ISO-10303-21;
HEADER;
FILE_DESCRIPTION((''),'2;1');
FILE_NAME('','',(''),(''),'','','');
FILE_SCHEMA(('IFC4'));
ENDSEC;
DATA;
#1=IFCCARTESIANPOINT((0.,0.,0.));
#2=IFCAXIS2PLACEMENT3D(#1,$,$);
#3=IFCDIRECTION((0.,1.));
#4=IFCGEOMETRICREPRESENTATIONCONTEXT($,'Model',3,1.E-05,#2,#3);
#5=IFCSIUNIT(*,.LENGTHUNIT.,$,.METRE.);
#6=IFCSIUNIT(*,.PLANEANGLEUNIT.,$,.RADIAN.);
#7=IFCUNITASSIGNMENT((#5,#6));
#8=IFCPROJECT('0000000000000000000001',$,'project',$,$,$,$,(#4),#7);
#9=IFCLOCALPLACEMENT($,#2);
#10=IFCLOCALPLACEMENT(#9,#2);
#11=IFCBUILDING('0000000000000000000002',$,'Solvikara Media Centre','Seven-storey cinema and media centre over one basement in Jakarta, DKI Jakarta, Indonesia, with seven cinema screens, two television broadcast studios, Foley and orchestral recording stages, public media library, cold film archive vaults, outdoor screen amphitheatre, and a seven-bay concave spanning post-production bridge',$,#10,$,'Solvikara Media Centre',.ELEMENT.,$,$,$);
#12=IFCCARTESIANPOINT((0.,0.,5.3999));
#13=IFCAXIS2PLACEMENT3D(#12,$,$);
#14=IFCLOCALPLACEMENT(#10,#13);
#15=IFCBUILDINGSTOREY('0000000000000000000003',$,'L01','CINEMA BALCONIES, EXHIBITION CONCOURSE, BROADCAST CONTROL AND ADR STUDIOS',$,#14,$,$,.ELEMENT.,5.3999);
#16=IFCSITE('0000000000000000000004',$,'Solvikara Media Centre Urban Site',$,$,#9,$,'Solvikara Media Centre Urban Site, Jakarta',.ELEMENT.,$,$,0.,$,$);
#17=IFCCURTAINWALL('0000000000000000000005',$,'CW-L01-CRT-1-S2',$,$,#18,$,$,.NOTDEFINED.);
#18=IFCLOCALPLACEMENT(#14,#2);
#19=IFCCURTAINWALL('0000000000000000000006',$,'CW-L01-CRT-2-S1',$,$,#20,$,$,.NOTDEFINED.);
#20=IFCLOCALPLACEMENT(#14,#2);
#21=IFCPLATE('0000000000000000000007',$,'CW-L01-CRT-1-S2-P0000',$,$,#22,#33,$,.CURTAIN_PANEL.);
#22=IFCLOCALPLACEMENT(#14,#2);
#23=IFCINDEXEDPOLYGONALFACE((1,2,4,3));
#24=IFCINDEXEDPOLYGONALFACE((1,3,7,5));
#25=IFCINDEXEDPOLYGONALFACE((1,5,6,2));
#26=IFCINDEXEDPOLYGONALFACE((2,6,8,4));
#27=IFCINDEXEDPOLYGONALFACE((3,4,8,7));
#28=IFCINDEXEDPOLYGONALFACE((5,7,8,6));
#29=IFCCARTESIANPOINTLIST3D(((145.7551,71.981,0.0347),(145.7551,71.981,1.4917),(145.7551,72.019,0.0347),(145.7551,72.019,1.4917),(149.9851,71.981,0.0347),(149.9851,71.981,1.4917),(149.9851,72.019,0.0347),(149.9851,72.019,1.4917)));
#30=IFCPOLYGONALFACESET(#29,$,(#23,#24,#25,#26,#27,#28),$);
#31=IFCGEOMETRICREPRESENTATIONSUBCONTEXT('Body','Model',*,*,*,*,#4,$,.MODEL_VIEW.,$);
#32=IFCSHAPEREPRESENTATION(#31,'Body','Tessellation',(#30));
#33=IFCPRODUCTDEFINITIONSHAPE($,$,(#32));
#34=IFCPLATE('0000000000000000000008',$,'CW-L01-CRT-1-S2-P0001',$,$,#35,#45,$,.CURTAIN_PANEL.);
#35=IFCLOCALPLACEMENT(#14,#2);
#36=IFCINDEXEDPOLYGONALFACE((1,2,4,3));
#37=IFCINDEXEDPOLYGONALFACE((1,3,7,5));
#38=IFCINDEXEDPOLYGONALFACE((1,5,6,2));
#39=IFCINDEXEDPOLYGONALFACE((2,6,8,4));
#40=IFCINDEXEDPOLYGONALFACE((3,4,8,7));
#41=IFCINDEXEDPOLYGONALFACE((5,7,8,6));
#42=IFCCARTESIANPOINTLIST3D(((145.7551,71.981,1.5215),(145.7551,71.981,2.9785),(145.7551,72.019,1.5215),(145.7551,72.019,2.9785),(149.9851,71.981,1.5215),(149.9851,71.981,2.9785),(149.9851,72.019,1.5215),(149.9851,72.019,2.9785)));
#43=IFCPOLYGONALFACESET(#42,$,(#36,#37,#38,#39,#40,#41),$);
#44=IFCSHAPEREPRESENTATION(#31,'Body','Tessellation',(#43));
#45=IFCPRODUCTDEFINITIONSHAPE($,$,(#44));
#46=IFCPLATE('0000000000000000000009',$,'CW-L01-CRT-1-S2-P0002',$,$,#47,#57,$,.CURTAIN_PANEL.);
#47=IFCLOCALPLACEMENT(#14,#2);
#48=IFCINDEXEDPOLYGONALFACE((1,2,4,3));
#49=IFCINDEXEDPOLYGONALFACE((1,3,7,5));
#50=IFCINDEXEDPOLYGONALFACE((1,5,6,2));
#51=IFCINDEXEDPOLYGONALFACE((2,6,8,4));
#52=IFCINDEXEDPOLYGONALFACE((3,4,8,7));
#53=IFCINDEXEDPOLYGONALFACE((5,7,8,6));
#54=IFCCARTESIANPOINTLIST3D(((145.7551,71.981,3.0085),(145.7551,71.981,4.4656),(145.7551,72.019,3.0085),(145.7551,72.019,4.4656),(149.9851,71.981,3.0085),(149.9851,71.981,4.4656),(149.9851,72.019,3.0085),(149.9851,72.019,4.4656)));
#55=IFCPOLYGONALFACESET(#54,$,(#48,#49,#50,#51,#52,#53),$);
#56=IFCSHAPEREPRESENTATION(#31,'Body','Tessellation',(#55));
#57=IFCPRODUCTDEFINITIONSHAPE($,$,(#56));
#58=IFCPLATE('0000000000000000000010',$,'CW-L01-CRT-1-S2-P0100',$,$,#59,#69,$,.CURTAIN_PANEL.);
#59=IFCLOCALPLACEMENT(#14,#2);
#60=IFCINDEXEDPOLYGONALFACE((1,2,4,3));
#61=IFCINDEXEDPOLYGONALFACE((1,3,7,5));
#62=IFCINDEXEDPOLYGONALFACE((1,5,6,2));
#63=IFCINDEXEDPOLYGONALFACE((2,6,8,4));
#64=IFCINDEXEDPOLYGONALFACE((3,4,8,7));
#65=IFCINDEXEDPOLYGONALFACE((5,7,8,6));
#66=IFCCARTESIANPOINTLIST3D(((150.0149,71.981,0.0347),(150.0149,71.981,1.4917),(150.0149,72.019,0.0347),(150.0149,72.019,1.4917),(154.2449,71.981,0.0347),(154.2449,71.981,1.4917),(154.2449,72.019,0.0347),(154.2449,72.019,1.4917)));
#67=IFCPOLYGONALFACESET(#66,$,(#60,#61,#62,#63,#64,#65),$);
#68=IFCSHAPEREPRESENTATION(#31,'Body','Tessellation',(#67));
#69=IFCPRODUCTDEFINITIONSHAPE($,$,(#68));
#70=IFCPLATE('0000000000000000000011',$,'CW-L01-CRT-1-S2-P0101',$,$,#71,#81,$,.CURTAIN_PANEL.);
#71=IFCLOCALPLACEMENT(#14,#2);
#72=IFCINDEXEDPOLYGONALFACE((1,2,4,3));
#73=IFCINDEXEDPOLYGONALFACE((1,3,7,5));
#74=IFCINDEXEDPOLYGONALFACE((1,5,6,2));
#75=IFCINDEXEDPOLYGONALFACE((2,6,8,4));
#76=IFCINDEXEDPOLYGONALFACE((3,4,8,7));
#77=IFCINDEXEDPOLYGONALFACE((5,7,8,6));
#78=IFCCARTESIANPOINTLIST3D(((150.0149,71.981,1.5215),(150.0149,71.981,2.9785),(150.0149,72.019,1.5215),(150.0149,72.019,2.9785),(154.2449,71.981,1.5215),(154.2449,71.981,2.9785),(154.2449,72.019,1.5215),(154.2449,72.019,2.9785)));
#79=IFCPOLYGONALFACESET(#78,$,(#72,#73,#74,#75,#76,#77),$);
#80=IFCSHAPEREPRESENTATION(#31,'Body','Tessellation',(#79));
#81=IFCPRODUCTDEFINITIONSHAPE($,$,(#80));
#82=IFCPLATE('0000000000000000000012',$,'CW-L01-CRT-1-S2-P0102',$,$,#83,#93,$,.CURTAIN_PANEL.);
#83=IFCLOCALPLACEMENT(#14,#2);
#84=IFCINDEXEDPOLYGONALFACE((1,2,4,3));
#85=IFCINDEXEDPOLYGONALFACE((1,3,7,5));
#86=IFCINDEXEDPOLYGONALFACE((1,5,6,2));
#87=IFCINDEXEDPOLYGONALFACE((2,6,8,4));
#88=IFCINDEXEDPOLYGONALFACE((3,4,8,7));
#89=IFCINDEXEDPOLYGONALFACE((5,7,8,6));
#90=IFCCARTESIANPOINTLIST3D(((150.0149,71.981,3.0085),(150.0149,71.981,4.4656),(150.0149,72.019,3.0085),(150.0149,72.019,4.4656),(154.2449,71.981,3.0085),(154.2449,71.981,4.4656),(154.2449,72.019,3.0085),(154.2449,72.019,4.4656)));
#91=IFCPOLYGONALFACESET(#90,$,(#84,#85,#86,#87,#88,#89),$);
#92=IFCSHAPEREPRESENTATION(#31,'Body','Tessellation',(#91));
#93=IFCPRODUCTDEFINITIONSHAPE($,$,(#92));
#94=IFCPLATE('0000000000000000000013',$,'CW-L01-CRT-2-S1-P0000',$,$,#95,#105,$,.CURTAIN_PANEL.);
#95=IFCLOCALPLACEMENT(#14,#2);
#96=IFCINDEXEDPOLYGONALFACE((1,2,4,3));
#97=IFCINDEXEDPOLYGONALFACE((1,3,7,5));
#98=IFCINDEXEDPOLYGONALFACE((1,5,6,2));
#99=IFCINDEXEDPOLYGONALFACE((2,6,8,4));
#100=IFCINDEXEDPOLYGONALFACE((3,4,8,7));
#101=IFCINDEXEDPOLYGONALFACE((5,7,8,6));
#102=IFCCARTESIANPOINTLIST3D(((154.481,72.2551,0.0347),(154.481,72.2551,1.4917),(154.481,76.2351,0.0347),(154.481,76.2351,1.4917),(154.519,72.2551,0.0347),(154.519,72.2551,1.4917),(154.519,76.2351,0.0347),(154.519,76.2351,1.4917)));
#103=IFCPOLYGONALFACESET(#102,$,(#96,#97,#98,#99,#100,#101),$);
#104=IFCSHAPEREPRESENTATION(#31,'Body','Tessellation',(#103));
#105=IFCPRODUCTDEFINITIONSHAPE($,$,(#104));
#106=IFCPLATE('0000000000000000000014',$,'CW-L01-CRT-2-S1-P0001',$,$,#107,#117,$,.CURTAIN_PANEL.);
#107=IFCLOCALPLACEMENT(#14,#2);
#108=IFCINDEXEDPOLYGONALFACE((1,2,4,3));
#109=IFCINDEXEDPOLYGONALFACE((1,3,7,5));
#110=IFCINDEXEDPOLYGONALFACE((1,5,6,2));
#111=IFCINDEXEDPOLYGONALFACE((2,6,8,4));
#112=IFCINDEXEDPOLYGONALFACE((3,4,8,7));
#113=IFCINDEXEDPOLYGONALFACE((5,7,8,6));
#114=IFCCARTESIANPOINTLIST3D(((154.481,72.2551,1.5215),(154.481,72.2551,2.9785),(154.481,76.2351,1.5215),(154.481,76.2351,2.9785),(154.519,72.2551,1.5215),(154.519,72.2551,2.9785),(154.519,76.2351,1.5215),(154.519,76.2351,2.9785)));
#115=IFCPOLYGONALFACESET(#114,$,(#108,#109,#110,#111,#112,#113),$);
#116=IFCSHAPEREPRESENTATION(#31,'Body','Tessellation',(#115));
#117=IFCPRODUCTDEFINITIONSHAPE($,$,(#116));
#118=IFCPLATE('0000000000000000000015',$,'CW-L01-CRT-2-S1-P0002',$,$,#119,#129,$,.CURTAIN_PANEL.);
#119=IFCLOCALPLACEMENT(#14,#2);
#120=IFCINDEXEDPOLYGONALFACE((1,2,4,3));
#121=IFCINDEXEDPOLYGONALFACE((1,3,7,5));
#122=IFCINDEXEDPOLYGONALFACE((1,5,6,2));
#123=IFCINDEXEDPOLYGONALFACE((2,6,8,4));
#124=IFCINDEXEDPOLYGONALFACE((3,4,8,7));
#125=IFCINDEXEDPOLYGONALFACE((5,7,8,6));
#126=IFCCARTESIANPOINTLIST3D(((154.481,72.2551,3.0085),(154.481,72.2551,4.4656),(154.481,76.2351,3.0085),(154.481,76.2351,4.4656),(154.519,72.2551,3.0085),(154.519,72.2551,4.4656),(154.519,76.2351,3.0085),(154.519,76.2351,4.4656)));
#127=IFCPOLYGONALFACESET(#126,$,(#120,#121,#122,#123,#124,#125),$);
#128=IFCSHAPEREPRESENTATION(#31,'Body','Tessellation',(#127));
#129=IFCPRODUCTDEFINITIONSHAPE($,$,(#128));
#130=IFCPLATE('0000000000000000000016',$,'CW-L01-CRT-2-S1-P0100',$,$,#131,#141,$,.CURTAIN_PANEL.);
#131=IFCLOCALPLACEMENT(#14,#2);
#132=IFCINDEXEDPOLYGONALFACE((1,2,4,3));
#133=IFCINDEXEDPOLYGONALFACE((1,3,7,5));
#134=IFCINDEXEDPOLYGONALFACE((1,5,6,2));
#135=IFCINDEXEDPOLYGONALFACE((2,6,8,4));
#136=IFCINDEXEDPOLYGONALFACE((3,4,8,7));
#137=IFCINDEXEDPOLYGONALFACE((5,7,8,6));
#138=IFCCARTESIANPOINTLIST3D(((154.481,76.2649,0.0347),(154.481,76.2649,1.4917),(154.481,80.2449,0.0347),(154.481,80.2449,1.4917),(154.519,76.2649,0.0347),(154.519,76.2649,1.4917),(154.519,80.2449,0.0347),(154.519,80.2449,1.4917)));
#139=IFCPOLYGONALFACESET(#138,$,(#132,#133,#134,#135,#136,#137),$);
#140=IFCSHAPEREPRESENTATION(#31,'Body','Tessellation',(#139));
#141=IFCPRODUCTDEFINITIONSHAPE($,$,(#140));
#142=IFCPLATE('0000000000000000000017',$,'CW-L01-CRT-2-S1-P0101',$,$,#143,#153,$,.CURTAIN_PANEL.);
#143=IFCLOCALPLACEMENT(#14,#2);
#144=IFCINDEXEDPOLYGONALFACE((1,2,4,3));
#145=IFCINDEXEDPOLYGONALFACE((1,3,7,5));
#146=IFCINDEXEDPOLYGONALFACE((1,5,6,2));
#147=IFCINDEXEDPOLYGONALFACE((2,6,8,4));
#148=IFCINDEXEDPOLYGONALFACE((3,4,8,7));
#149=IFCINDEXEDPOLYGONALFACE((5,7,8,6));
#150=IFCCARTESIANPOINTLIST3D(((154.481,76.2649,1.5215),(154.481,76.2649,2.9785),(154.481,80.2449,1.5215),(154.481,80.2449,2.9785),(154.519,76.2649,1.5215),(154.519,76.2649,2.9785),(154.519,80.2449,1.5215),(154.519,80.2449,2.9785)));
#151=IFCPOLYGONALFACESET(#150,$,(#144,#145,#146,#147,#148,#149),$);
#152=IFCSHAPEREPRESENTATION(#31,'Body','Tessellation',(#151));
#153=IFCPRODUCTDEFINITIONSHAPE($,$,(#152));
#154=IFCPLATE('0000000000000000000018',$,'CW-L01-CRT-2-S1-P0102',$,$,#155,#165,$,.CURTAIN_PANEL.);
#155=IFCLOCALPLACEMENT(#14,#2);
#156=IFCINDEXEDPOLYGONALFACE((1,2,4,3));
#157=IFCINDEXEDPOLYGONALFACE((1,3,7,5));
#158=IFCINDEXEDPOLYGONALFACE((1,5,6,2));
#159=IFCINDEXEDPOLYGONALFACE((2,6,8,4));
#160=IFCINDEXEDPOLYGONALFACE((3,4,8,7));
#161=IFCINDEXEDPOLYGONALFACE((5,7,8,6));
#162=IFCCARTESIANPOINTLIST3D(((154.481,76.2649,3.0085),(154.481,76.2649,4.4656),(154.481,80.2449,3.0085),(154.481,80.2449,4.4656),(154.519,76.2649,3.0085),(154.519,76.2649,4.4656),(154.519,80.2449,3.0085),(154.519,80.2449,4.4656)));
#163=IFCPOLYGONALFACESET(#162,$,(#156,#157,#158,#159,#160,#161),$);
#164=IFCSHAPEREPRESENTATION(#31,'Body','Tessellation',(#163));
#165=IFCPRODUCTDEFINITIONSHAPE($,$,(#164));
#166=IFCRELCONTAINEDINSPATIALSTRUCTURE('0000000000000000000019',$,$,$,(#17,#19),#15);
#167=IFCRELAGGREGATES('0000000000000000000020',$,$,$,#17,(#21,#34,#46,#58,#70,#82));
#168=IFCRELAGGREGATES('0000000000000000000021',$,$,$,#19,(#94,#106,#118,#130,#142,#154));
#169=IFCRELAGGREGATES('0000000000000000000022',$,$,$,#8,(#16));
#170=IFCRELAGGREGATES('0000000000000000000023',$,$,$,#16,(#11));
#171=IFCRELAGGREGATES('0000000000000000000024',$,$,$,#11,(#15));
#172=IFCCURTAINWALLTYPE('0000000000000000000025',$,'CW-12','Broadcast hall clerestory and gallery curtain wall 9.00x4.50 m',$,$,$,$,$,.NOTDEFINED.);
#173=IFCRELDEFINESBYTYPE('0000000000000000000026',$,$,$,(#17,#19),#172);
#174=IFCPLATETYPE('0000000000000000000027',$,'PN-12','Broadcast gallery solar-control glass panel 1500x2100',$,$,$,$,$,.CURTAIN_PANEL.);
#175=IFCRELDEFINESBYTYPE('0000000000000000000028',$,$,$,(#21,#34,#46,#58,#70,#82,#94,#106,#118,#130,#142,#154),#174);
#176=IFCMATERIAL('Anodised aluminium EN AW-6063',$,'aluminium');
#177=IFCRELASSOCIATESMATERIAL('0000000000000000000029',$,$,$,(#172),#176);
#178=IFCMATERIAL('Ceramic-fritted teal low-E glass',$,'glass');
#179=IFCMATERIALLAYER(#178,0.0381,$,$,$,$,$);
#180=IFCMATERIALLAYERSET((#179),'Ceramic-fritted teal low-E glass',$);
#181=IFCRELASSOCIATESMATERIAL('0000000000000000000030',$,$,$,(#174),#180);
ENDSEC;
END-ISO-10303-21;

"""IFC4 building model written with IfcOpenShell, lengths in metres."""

from ifc_helpers import new_model, si_unit, direction, frame, origin, origin_2d, place, context, subcontext, project, spatial, rectangle, extrude, material, layer, layer_set, type_object, element, aggregate, save


model = new_model("IFC4")

# Units and contexts
model_context = context("Model", 3, precision=1e-05, world=origin(), true_north=direction((0.0, 1.0)))
body_context = subcontext(model_context, "Body", "Model", "MODEL_VIEW")
ifc_project = project(units=[si_unit("LENGTHUNIT", "METRE"), si_unit("PLANEANGLEUNIT", "RADIAN")], contexts=[model_context])

# Site, building, storey
site_placement = place(None, origin())
site = spatial("IfcSite", under=ifc_project, at=site_placement, Name="Solvikara Media Centre Urban Site", LongName="Solvikara Media Centre Urban Site, Jakarta", CompositionType="ELEMENT", RefElevation=0.0)
building_placement = place(site_placement, origin())
building = spatial("IfcBuilding", under=site, at=building_placement, Name="Solvikara Media Centre", Description="Seven-storey cinema and media centre over one basement in Jakarta, DKI Jakarta, Indonesia, with seven cinema screens, two television broadcast studios, Foley and orchestral recording stages, public media library, cold film archive vaults, outdoor screen amphitheatre, and a seven-bay concave spanning post-production bridge", LongName="Solvikara Media Centre", CompositionType="ELEMENT")
storey_placement = place(building_placement, frame((0.0, 0.0, 5.3999)))
storey = spatial("IfcBuildingStorey", under=building, at=storey_placement, Name="L01", Description="CINEMA BALCONIES, EXHIBITION CONCOURSE, BROADCAST CONTROL AND ADR STUDIOS", CompositionType="ELEMENT", Elevation=5.3999)

# Curtain walls
ifc_material_1 = material(Name="Anodised aluminium EN AW-6063", Category="aluminium")
curtain_wall_type = type_object("IfcCurtainWallType", Name="CW-12", Description="Broadcast hall clerestory and gallery curtain wall 9.00x4.50 m", PredefinedType="NOTDEFINED", material=ifc_material_1)
curtain_wall_1_placement = place(storey_placement, origin())
curtain_wall_1 = element("IfcCurtainWall", 1, at=curtain_wall_1_placement, inside=storey, type_object=curtain_wall_type, Name="CW-L01-CRT-1-S2", PredefinedType="NOTDEFINED")
curtain_wall_2_placement = place(storey_placement, origin())
curtain_wall_2 = element("IfcCurtainWall", 2, at=curtain_wall_2_placement, inside=storey, type_object=curtain_wall_type, Name="CW-L01-CRT-2-S1", PredefinedType="NOTDEFINED")

# Plates
ifc_material_2 = material(Name="Ceramic-fritted teal low-E glass", Category="glass")
ifc_layer = layer(ifc_material_2, 0.0381)
ifc_layer_set = layer_set([ifc_layer], Name="Ceramic-fritted teal low-E glass")
plate_type = type_object("IfcPlateType", Name="PN-12", Description="Broadcast gallery solar-control glass panel 1500x2100", PredefinedType="CURTAIN_PANEL", material=ifc_layer_set)
plate_1_placement = place(storey_placement, frame((147.8701, 72.0, 0.0347), z_axis=(0.0, 0.0, 1.0), x_axis=(1.0, 0.0, 0.0)))
plate_1 = element("IfcPlate", 3, at=plate_1_placement, type_object=plate_type, Name="CW-L01-CRT-1-S2-P0000", PredefinedType="CURTAIN_PANEL", context=body_context, shape_type="SweptSolid", body=[
    extrude(rectangle(XDim=4.23, YDim=0.0381, at=origin_2d()), origin(), (0.0, 0.0, 1.0), 1.457),
])
plate_2_placement = place(storey_placement, frame((147.8701, 72.0, 1.5215), z_axis=(0.0, 0.0, 1.0), x_axis=(1.0, 0.0, 0.0)))
plate_2 = element("IfcPlate", 4, at=plate_2_placement, type_object=plate_type, Name="CW-L01-CRT-1-S2-P0001", PredefinedType="CURTAIN_PANEL", context=body_context, shape_type="SweptSolid", body=[
    extrude(rectangle(XDim=4.23, YDim=0.0381, at=origin_2d()), origin(), (0.0, 0.0, 1.0), 1.457),
])
plate_3_placement = place(storey_placement, frame((147.8701, 72.0, 3.0085), z_axis=(0.0, 0.0, 1.0), x_axis=(1.0, 0.0, 0.0)))
plate_3 = element("IfcPlate", 5, at=plate_3_placement, type_object=plate_type, Name="CW-L01-CRT-1-S2-P0002", PredefinedType="CURTAIN_PANEL", context=body_context, shape_type="SweptSolid", body=[
    extrude(rectangle(XDim=4.23, YDim=0.0381, at=origin_2d()), origin(), (0.0, 0.0, 1.0), 1.457),
])
plate_4_placement = place(storey_placement, frame((152.1299, 72.0, 0.0347), z_axis=(0.0, 0.0, 1.0), x_axis=(1.0, 0.0, 0.0)))
plate_4 = element("IfcPlate", 6, at=plate_4_placement, type_object=plate_type, Name="CW-L01-CRT-1-S2-P0100", PredefinedType="CURTAIN_PANEL", context=body_context, shape_type="SweptSolid", body=[
    extrude(rectangle(XDim=4.23, YDim=0.0381, at=origin_2d()), origin(), (0.0, 0.0, 1.0), 1.457),
])
plate_5_placement = place(storey_placement, frame((152.1299, 72.0, 1.5215), z_axis=(0.0, 0.0, 1.0), x_axis=(1.0, 0.0, 0.0)))
plate_5 = element("IfcPlate", 7, at=plate_5_placement, type_object=plate_type, Name="CW-L01-CRT-1-S2-P0101", PredefinedType="CURTAIN_PANEL", context=body_context, shape_type="SweptSolid", body=[
    extrude(rectangle(XDim=4.23, YDim=0.0381, at=origin_2d()), origin(), (0.0, 0.0, 1.0), 1.457),
])
plate_6_placement = place(storey_placement, frame((152.1299, 72.0, 3.0085), z_axis=(0.0, 0.0, 1.0), x_axis=(1.0, 0.0, 0.0)))
plate_6 = element("IfcPlate", 8, at=plate_6_placement, type_object=plate_type, Name="CW-L01-CRT-1-S2-P0102", PredefinedType="CURTAIN_PANEL", context=body_context, shape_type="SweptSolid", body=[
    extrude(rectangle(XDim=4.23, YDim=0.0381, at=origin_2d()), origin(), (0.0, 0.0, 1.0), 1.457),
])
aggregate(curtain_wall_1, [plate_1, plate_2, plate_3, plate_4, plate_5, plate_6])
plate_7_placement = place(storey_placement, frame((154.5, 74.2451, 0.0347), z_axis=(0.0, 0.0, 1.0), x_axis=(0.0, 1.0, 0.0)))
plate_7 = element("IfcPlate", 9, at=plate_7_placement, type_object=plate_type, Name="CW-L01-CRT-2-S1-P0000", PredefinedType="CURTAIN_PANEL", context=body_context, shape_type="SweptSolid", body=[
    extrude(rectangle(XDim=3.98, YDim=0.0381, at=origin_2d()), origin(), (0.0, 0.0, 1.0), 1.457),
])
plate_8_placement = place(storey_placement, frame((154.5, 74.2451, 1.5215), z_axis=(0.0, 0.0, 1.0), x_axis=(0.0, 1.0, 0.0)))
plate_8 = element("IfcPlate", 10, at=plate_8_placement, type_object=plate_type, Name="CW-L01-CRT-2-S1-P0001", PredefinedType="CURTAIN_PANEL", context=body_context, shape_type="SweptSolid", body=[
    extrude(rectangle(XDim=3.98, YDim=0.0381, at=origin_2d()), origin(), (0.0, 0.0, 1.0), 1.457),
])
plate_9_placement = place(storey_placement, frame((154.5, 74.2451, 3.0085), z_axis=(0.0, 0.0, 1.0), x_axis=(0.0, 1.0, 0.0)))
plate_9 = element("IfcPlate", 11, at=plate_9_placement, type_object=plate_type, Name="CW-L01-CRT-2-S1-P0002", PredefinedType="CURTAIN_PANEL", context=body_context, shape_type="SweptSolid", body=[
    extrude(rectangle(XDim=3.98, YDim=0.0381, at=origin_2d()), origin(), (0.0, 0.0, 1.0), 1.457),
])
plate_10_placement = place(storey_placement, frame((154.5, 78.2549, 0.0347), z_axis=(0.0, 0.0, 1.0), x_axis=(0.0, 1.0, 0.0)))
plate_10 = element("IfcPlate", 12, at=plate_10_placement, type_object=plate_type, Name="CW-L01-CRT-2-S1-P0100", PredefinedType="CURTAIN_PANEL", context=body_context, shape_type="SweptSolid", body=[
    extrude(rectangle(XDim=3.98, YDim=0.0381, at=origin_2d()), origin(), (0.0, 0.0, 1.0), 1.457),
])
plate_11_placement = place(storey_placement, frame((154.5, 78.2549, 1.5215), z_axis=(0.0, 0.0, 1.0), x_axis=(0.0, 1.0, 0.0)))
plate_11 = element("IfcPlate", 13, at=plate_11_placement, type_object=plate_type, Name="CW-L01-CRT-2-S1-P0101", PredefinedType="CURTAIN_PANEL", context=body_context, shape_type="SweptSolid", body=[
    extrude(rectangle(XDim=3.98, YDim=0.0381, at=origin_2d()), origin(), (0.0, 0.0, 1.0), 1.457),
])
plate_12_placement = place(storey_placement, frame((154.5, 78.2549, 3.0085), z_axis=(0.0, 0.0, 1.0), x_axis=(0.0, 1.0, 0.0)))
plate_12 = element("IfcPlate", 14, at=plate_12_placement, type_object=plate_type, Name="CW-L01-CRT-2-S1-P0102", PredefinedType="CURTAIN_PANEL", context=body_context, shape_type="SweptSolid", body=[
    extrude(rectangle(XDim=3.98, YDim=0.0381, at=origin_2d()), origin(), (0.0, 0.0, 1.0), 1.457),
])
aggregate(curtain_wall_2, [plate_7, plate_8, plate_9, plate_10, plate_11, plate_12])

save(model, "model.ifc")
